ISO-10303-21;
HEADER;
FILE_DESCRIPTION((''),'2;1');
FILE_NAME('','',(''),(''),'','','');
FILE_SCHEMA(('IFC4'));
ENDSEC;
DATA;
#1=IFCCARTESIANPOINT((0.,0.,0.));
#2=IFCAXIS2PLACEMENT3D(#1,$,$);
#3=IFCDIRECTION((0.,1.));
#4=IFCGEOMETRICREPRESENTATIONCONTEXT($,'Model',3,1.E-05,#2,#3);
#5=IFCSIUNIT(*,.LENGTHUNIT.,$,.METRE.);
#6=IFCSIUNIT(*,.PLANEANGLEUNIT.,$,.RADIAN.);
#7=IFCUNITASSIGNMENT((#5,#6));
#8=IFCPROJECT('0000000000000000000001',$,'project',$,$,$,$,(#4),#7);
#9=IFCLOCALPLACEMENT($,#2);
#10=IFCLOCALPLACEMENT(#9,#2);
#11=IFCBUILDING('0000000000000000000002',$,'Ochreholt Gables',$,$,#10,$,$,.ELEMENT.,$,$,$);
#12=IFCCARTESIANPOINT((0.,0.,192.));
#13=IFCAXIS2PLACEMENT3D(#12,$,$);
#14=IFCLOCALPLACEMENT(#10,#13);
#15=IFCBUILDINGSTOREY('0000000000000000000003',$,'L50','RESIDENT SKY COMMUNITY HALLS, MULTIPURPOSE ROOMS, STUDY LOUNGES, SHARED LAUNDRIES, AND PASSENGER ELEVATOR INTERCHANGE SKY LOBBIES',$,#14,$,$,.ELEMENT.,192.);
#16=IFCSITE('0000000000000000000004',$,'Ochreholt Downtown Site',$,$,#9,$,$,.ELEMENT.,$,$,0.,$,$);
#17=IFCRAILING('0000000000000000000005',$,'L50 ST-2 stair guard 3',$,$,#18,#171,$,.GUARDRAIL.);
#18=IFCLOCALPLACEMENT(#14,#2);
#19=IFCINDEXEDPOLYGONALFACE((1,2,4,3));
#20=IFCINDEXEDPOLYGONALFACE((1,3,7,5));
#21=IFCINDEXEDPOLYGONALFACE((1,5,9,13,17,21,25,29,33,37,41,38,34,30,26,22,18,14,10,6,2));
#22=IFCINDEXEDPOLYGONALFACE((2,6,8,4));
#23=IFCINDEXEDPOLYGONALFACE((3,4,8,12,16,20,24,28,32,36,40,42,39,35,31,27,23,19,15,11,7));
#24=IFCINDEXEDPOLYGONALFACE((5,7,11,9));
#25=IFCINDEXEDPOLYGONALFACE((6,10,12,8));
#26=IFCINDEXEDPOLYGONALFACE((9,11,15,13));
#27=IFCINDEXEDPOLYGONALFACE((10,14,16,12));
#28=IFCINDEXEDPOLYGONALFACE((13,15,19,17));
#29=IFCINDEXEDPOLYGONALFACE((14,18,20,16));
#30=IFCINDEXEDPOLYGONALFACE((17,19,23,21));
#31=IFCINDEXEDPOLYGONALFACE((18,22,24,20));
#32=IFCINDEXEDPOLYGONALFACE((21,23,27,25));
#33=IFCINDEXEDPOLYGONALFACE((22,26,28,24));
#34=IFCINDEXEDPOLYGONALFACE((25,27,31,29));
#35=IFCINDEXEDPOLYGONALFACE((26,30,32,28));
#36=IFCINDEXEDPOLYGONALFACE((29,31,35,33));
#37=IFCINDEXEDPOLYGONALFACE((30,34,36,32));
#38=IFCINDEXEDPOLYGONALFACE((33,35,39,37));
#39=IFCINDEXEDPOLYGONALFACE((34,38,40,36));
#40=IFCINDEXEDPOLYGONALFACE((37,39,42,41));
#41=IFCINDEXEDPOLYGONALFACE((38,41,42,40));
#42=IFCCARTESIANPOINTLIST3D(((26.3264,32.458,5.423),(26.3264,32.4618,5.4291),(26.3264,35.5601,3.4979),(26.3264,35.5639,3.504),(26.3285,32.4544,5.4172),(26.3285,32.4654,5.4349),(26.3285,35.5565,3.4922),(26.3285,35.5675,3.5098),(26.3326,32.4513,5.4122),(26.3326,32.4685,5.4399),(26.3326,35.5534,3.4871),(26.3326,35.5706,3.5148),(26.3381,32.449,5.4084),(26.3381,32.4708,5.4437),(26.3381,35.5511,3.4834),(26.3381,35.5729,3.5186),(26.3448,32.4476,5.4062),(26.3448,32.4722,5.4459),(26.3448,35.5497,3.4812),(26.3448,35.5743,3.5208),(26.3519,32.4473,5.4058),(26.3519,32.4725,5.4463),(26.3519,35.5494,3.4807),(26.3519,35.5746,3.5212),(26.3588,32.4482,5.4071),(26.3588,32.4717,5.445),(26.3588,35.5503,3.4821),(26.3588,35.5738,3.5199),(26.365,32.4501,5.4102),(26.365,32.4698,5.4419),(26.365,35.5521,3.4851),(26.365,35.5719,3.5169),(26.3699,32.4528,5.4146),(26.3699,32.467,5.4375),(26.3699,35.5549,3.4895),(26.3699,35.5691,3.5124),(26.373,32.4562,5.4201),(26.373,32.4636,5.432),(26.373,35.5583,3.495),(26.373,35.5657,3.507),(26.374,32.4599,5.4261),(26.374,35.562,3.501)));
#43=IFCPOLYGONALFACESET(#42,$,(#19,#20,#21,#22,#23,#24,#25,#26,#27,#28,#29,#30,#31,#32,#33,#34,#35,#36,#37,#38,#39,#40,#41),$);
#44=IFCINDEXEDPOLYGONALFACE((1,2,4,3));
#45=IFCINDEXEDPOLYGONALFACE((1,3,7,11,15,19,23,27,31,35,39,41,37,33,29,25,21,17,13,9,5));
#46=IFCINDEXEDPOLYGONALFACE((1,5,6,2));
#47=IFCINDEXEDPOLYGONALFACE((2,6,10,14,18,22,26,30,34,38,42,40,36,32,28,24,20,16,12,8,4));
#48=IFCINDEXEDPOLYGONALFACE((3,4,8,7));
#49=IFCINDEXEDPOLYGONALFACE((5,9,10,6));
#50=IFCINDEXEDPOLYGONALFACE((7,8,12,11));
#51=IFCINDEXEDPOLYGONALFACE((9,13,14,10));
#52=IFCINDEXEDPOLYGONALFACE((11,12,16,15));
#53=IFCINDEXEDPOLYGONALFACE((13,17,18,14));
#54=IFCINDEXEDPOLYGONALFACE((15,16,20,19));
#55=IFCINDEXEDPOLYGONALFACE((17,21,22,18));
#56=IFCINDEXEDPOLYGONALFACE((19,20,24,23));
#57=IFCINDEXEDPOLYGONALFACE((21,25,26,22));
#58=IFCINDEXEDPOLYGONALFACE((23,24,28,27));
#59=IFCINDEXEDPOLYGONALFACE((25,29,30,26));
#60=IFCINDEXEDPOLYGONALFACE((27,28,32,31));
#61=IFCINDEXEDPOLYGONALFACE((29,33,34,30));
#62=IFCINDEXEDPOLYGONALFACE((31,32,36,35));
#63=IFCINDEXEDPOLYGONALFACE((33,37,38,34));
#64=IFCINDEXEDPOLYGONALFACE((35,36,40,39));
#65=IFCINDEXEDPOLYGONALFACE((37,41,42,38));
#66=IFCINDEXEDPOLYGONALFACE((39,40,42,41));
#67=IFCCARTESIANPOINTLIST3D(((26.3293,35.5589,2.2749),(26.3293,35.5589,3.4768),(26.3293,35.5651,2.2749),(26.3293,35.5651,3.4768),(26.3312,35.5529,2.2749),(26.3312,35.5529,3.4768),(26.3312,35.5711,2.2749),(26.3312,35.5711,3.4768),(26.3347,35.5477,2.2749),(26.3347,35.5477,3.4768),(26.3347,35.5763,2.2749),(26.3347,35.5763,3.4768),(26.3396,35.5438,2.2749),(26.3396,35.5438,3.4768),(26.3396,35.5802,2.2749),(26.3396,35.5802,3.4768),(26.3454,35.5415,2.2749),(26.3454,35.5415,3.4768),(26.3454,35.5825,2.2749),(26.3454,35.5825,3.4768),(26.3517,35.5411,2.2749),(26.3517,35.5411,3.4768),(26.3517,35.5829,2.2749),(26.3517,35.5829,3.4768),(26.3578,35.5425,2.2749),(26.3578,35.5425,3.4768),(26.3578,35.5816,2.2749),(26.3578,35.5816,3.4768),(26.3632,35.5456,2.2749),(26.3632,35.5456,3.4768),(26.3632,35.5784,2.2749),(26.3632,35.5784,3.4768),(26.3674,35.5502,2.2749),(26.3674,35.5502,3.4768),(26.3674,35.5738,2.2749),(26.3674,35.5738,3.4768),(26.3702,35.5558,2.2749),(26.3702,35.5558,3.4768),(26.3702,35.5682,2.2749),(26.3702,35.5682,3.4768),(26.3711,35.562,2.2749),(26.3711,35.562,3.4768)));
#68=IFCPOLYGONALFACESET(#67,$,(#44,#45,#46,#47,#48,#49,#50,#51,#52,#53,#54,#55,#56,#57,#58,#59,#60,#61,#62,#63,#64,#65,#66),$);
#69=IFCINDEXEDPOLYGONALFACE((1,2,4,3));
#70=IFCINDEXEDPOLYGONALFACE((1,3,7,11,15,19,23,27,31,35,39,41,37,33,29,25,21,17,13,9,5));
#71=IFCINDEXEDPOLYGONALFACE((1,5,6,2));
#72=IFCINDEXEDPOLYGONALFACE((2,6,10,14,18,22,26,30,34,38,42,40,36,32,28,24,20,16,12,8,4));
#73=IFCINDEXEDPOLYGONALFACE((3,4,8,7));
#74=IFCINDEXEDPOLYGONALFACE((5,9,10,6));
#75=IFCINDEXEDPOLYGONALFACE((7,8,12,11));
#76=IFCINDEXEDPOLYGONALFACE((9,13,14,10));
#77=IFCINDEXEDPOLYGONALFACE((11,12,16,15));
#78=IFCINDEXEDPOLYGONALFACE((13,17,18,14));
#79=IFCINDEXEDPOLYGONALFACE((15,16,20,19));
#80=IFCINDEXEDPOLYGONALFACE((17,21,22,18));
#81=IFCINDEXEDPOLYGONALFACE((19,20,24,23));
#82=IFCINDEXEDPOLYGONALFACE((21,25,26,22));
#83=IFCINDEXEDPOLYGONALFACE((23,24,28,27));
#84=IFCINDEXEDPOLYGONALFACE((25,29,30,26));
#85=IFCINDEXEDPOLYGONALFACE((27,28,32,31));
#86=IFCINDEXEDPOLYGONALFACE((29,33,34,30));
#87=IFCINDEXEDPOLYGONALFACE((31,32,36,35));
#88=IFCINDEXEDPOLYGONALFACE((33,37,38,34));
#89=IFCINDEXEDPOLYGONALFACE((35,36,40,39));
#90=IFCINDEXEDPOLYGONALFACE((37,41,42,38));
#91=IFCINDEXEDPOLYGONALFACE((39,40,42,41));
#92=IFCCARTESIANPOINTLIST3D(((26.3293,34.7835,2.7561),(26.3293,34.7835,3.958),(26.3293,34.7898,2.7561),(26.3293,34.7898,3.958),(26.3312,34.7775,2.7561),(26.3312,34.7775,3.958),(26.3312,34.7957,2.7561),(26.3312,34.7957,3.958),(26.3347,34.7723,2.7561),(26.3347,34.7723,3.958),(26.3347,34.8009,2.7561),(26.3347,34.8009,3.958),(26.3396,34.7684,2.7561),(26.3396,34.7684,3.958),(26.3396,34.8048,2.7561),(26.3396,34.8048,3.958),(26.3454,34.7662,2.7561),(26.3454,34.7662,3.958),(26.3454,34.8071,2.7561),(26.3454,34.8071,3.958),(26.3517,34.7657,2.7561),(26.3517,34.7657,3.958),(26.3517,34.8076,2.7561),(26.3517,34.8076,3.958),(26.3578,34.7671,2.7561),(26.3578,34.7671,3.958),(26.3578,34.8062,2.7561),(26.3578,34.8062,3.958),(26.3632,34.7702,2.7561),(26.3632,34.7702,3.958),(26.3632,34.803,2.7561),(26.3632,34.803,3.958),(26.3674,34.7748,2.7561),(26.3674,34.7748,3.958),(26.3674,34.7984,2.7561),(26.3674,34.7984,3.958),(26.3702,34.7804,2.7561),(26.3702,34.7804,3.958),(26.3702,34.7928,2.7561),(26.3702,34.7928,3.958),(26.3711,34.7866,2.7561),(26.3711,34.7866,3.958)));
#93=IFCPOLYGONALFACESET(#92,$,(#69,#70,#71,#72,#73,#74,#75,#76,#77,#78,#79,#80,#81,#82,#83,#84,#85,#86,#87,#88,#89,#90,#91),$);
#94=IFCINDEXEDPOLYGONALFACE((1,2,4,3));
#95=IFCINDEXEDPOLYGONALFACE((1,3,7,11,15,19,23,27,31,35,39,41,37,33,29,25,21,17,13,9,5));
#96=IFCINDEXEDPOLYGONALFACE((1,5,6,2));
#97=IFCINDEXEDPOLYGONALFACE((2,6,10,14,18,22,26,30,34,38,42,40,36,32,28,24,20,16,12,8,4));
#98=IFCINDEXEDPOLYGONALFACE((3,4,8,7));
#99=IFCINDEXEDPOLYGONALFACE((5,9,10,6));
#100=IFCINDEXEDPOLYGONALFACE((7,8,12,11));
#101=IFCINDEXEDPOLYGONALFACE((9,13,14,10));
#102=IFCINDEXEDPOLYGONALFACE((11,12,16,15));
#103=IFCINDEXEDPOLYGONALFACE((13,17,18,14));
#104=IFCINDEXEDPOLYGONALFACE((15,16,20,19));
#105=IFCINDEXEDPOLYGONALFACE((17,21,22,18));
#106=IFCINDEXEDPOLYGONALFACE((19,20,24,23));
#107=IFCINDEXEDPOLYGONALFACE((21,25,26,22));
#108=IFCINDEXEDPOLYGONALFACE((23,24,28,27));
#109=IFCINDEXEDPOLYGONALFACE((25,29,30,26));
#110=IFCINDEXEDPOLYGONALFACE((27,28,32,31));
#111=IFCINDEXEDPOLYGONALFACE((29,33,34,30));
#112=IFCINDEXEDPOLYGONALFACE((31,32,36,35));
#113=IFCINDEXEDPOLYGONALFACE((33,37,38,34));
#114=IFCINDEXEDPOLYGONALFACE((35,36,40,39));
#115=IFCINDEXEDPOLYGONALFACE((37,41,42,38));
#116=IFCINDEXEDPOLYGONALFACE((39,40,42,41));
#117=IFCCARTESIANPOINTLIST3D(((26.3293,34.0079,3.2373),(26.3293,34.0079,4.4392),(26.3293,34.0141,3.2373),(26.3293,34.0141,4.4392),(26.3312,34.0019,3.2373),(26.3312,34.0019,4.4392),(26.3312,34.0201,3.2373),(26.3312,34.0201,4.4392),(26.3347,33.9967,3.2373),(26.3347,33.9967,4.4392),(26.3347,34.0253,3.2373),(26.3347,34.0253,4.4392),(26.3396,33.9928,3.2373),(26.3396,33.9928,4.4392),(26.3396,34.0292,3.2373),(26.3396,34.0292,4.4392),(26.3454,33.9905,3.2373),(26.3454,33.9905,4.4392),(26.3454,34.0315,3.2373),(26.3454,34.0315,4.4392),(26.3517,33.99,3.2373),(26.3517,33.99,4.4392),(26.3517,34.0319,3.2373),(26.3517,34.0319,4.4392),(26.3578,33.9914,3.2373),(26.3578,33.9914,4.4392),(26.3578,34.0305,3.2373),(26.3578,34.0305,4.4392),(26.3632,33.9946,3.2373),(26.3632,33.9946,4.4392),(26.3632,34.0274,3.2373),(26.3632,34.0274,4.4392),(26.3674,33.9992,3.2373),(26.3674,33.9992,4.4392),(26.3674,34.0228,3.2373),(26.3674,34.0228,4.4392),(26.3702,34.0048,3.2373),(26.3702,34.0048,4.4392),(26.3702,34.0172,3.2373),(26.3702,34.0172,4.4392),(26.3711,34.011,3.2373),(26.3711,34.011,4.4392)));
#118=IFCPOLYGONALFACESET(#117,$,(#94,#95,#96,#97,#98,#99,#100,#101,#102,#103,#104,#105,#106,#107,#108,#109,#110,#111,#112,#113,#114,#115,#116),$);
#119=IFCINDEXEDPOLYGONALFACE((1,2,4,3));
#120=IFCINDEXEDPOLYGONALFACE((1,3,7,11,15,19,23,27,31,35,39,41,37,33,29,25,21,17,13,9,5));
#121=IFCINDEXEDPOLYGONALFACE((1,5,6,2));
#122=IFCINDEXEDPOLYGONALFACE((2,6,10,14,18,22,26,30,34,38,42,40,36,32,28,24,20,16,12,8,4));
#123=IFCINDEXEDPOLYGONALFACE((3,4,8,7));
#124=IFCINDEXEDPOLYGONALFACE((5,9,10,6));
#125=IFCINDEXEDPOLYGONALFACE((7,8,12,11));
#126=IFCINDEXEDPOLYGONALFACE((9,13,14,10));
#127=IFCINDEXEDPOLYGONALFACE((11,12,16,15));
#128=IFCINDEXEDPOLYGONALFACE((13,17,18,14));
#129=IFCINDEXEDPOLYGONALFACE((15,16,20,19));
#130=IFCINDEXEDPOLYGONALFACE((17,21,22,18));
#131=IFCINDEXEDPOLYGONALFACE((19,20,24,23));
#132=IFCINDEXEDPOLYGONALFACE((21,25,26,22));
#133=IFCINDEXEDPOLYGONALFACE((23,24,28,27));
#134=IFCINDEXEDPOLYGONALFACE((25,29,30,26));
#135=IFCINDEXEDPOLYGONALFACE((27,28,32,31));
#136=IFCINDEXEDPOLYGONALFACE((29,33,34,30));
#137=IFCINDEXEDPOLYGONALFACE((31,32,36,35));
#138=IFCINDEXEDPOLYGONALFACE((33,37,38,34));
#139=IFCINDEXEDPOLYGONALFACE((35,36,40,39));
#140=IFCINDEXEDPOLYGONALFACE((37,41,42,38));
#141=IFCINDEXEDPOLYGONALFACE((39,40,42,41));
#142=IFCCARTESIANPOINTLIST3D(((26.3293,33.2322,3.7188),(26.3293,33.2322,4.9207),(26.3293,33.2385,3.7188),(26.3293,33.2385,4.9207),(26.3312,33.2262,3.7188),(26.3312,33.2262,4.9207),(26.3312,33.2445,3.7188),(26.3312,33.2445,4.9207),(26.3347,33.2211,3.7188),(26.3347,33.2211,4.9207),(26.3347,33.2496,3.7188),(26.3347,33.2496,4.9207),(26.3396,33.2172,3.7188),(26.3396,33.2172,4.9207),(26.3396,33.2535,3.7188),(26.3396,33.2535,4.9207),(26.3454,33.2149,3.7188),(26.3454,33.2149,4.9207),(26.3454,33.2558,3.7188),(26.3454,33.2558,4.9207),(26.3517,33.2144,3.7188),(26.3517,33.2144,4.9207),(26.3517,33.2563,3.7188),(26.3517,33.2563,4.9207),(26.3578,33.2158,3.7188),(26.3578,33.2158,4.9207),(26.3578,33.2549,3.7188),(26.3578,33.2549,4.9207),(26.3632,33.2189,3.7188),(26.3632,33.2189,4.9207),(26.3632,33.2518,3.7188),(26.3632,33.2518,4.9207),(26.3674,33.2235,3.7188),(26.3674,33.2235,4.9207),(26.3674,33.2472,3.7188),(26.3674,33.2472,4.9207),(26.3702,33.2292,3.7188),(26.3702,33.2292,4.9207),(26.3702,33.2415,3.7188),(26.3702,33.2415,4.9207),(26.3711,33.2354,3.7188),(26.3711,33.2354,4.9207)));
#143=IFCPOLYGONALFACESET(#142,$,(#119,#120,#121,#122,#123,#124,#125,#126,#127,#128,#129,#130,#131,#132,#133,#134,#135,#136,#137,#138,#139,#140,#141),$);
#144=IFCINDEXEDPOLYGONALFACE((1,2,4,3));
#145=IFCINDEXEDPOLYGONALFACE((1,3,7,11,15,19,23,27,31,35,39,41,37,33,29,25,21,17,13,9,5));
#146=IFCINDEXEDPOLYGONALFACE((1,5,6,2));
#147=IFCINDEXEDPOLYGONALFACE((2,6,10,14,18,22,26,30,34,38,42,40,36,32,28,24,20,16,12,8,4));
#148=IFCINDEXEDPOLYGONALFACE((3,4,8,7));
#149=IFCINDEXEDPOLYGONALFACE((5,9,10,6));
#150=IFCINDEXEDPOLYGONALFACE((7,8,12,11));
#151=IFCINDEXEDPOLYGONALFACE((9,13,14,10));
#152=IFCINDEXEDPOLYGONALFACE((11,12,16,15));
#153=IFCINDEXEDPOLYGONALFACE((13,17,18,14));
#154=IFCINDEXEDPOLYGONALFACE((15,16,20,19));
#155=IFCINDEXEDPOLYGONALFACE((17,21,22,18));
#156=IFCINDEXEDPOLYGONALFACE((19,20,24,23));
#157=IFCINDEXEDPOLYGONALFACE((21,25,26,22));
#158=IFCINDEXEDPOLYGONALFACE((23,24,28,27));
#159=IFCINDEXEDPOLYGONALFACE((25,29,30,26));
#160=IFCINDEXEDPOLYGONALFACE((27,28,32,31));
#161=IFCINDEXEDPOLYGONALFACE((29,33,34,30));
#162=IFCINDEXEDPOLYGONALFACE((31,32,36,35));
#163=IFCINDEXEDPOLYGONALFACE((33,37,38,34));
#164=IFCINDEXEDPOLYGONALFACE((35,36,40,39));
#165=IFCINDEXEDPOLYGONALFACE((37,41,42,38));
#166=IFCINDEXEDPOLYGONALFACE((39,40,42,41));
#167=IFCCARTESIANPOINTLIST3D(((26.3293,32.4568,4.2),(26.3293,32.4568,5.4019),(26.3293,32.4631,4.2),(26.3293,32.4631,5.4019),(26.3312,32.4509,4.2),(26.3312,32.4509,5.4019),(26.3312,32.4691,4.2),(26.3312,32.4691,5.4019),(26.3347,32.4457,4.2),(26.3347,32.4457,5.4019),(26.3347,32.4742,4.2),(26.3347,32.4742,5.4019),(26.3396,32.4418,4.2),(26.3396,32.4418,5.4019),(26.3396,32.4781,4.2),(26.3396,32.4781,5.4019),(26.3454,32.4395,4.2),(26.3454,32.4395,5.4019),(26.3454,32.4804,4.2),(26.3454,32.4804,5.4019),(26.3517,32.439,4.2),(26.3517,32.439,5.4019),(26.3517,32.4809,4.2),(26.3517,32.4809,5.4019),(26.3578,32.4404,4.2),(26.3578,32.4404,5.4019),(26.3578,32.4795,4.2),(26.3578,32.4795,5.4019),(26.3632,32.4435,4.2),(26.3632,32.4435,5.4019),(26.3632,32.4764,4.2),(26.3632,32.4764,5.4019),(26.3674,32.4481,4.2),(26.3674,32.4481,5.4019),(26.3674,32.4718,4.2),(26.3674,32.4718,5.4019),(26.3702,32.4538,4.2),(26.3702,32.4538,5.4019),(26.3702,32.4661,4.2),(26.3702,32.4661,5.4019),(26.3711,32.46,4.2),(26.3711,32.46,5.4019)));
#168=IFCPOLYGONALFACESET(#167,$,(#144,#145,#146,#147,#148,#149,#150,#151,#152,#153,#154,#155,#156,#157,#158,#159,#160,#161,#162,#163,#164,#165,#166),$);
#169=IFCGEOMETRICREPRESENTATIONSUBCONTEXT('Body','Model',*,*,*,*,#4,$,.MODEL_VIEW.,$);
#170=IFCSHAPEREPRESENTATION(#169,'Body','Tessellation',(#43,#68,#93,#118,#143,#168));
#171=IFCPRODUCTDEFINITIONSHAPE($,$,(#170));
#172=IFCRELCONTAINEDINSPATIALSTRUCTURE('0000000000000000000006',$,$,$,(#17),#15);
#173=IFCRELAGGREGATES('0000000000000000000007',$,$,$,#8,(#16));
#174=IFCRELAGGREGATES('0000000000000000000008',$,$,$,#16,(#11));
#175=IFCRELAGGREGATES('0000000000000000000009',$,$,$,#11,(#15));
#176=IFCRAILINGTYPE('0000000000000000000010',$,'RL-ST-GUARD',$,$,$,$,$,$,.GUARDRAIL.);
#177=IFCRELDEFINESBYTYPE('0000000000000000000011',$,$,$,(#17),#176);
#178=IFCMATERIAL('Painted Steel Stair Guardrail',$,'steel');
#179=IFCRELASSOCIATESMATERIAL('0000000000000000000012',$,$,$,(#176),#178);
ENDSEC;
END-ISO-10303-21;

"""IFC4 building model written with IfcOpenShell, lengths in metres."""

from ifc_helpers import new_model, si_unit, direction, frame, origin, origin_2d, place, context, subcontext, project, spatial, circle, extrude, material, type_object, element, save


model = new_model("IFC4")

# Units and contexts
model_context = context("Model", 3, precision=1e-05, world=origin(), true_north=direction((0.0, 1.0)))
body_context = subcontext(model_context, "Body", "Model", "MODEL_VIEW")
ifc_project = project(units=[si_unit("LENGTHUNIT", "METRE"), si_unit("PLANEANGLEUNIT", "RADIAN")], contexts=[model_context])

# Site, building, storey
site_placement = place(None, origin())
site = spatial("IfcSite", under=ifc_project, at=site_placement, Name="Ochreholt Downtown Site", CompositionType="ELEMENT", RefElevation=0.0)
building_placement = place(site_placement, origin())
building = spatial("IfcBuilding", under=site, at=building_placement, Name="Ochreholt Gables", CompositionType="ELEMENT")
storey_placement = place(building_placement, frame((0.0, 0.0, 192.0)))
storey = spatial("IfcBuildingStorey", under=building, at=storey_placement, Name="L50", Description="RESIDENT SKY COMMUNITY HALLS, MULTIPURPOSE ROOMS, STUDY LOUNGES, SHARED LAUNDRIES, AND PASSENGER ELEVATOR INTERCHANGE SKY LOBBIES", CompositionType="ELEMENT", Elevation=192.0)

# Railing
ifc_material_1 = material(Name="Painted Steel Stair Guardrail", Category="steel")
railing_type = type_object("IfcRailingType", Name="RL-ST-GUARD", PredefinedType="GUARDRAIL", material=ifc_material_1)
railing_1_placement = place(storey_placement, frame((26.3501, 35.562, 2.2749)))
element("IfcRailing", 1, at=railing_1_placement, inside=storey, type_object=railing_type, Name="L50 ST-2 stair guard 3", PredefinedType="GUARDRAIL", context=body_context, shape_type="SweptSolid", body=[
    extrude(circle(Radius=0.0239, at=origin_2d()), frame((0.0, 0.0, 1.2261), z_axis=(0.0, -0.849685, 0.527291), x_axis=(1.0, 0.0, 0.0)), (0.0, 0.0, 1.0), 3.6509),
    extrude(circle(Radius=0.021, at=origin_2d()), origin(), (0.0, 0.0, 1.0), 1.2019),
    extrude(circle(Radius=0.021, at=origin_2d()), frame((0.0, -0.7754, 0.4812)), (0.0, 0.0, 1.0), 1.2019),
    extrude(circle(Radius=0.021, at=origin_2d()), frame((0.0, -1.551, 0.9624)), (0.0, 0.0, 1.0), 1.2019),
    extrude(circle(Radius=0.021, at=origin_2d()), frame((0.0, -2.3267, 1.4438)), (0.0, 0.0, 1.0), 1.2019),
    extrude(circle(Radius=0.021, at=origin_2d()), frame((0.0, -3.1021, 1.925)), (0.0, 0.0, 1.0), 1.2019),
])

save(model, "model.ifc")
